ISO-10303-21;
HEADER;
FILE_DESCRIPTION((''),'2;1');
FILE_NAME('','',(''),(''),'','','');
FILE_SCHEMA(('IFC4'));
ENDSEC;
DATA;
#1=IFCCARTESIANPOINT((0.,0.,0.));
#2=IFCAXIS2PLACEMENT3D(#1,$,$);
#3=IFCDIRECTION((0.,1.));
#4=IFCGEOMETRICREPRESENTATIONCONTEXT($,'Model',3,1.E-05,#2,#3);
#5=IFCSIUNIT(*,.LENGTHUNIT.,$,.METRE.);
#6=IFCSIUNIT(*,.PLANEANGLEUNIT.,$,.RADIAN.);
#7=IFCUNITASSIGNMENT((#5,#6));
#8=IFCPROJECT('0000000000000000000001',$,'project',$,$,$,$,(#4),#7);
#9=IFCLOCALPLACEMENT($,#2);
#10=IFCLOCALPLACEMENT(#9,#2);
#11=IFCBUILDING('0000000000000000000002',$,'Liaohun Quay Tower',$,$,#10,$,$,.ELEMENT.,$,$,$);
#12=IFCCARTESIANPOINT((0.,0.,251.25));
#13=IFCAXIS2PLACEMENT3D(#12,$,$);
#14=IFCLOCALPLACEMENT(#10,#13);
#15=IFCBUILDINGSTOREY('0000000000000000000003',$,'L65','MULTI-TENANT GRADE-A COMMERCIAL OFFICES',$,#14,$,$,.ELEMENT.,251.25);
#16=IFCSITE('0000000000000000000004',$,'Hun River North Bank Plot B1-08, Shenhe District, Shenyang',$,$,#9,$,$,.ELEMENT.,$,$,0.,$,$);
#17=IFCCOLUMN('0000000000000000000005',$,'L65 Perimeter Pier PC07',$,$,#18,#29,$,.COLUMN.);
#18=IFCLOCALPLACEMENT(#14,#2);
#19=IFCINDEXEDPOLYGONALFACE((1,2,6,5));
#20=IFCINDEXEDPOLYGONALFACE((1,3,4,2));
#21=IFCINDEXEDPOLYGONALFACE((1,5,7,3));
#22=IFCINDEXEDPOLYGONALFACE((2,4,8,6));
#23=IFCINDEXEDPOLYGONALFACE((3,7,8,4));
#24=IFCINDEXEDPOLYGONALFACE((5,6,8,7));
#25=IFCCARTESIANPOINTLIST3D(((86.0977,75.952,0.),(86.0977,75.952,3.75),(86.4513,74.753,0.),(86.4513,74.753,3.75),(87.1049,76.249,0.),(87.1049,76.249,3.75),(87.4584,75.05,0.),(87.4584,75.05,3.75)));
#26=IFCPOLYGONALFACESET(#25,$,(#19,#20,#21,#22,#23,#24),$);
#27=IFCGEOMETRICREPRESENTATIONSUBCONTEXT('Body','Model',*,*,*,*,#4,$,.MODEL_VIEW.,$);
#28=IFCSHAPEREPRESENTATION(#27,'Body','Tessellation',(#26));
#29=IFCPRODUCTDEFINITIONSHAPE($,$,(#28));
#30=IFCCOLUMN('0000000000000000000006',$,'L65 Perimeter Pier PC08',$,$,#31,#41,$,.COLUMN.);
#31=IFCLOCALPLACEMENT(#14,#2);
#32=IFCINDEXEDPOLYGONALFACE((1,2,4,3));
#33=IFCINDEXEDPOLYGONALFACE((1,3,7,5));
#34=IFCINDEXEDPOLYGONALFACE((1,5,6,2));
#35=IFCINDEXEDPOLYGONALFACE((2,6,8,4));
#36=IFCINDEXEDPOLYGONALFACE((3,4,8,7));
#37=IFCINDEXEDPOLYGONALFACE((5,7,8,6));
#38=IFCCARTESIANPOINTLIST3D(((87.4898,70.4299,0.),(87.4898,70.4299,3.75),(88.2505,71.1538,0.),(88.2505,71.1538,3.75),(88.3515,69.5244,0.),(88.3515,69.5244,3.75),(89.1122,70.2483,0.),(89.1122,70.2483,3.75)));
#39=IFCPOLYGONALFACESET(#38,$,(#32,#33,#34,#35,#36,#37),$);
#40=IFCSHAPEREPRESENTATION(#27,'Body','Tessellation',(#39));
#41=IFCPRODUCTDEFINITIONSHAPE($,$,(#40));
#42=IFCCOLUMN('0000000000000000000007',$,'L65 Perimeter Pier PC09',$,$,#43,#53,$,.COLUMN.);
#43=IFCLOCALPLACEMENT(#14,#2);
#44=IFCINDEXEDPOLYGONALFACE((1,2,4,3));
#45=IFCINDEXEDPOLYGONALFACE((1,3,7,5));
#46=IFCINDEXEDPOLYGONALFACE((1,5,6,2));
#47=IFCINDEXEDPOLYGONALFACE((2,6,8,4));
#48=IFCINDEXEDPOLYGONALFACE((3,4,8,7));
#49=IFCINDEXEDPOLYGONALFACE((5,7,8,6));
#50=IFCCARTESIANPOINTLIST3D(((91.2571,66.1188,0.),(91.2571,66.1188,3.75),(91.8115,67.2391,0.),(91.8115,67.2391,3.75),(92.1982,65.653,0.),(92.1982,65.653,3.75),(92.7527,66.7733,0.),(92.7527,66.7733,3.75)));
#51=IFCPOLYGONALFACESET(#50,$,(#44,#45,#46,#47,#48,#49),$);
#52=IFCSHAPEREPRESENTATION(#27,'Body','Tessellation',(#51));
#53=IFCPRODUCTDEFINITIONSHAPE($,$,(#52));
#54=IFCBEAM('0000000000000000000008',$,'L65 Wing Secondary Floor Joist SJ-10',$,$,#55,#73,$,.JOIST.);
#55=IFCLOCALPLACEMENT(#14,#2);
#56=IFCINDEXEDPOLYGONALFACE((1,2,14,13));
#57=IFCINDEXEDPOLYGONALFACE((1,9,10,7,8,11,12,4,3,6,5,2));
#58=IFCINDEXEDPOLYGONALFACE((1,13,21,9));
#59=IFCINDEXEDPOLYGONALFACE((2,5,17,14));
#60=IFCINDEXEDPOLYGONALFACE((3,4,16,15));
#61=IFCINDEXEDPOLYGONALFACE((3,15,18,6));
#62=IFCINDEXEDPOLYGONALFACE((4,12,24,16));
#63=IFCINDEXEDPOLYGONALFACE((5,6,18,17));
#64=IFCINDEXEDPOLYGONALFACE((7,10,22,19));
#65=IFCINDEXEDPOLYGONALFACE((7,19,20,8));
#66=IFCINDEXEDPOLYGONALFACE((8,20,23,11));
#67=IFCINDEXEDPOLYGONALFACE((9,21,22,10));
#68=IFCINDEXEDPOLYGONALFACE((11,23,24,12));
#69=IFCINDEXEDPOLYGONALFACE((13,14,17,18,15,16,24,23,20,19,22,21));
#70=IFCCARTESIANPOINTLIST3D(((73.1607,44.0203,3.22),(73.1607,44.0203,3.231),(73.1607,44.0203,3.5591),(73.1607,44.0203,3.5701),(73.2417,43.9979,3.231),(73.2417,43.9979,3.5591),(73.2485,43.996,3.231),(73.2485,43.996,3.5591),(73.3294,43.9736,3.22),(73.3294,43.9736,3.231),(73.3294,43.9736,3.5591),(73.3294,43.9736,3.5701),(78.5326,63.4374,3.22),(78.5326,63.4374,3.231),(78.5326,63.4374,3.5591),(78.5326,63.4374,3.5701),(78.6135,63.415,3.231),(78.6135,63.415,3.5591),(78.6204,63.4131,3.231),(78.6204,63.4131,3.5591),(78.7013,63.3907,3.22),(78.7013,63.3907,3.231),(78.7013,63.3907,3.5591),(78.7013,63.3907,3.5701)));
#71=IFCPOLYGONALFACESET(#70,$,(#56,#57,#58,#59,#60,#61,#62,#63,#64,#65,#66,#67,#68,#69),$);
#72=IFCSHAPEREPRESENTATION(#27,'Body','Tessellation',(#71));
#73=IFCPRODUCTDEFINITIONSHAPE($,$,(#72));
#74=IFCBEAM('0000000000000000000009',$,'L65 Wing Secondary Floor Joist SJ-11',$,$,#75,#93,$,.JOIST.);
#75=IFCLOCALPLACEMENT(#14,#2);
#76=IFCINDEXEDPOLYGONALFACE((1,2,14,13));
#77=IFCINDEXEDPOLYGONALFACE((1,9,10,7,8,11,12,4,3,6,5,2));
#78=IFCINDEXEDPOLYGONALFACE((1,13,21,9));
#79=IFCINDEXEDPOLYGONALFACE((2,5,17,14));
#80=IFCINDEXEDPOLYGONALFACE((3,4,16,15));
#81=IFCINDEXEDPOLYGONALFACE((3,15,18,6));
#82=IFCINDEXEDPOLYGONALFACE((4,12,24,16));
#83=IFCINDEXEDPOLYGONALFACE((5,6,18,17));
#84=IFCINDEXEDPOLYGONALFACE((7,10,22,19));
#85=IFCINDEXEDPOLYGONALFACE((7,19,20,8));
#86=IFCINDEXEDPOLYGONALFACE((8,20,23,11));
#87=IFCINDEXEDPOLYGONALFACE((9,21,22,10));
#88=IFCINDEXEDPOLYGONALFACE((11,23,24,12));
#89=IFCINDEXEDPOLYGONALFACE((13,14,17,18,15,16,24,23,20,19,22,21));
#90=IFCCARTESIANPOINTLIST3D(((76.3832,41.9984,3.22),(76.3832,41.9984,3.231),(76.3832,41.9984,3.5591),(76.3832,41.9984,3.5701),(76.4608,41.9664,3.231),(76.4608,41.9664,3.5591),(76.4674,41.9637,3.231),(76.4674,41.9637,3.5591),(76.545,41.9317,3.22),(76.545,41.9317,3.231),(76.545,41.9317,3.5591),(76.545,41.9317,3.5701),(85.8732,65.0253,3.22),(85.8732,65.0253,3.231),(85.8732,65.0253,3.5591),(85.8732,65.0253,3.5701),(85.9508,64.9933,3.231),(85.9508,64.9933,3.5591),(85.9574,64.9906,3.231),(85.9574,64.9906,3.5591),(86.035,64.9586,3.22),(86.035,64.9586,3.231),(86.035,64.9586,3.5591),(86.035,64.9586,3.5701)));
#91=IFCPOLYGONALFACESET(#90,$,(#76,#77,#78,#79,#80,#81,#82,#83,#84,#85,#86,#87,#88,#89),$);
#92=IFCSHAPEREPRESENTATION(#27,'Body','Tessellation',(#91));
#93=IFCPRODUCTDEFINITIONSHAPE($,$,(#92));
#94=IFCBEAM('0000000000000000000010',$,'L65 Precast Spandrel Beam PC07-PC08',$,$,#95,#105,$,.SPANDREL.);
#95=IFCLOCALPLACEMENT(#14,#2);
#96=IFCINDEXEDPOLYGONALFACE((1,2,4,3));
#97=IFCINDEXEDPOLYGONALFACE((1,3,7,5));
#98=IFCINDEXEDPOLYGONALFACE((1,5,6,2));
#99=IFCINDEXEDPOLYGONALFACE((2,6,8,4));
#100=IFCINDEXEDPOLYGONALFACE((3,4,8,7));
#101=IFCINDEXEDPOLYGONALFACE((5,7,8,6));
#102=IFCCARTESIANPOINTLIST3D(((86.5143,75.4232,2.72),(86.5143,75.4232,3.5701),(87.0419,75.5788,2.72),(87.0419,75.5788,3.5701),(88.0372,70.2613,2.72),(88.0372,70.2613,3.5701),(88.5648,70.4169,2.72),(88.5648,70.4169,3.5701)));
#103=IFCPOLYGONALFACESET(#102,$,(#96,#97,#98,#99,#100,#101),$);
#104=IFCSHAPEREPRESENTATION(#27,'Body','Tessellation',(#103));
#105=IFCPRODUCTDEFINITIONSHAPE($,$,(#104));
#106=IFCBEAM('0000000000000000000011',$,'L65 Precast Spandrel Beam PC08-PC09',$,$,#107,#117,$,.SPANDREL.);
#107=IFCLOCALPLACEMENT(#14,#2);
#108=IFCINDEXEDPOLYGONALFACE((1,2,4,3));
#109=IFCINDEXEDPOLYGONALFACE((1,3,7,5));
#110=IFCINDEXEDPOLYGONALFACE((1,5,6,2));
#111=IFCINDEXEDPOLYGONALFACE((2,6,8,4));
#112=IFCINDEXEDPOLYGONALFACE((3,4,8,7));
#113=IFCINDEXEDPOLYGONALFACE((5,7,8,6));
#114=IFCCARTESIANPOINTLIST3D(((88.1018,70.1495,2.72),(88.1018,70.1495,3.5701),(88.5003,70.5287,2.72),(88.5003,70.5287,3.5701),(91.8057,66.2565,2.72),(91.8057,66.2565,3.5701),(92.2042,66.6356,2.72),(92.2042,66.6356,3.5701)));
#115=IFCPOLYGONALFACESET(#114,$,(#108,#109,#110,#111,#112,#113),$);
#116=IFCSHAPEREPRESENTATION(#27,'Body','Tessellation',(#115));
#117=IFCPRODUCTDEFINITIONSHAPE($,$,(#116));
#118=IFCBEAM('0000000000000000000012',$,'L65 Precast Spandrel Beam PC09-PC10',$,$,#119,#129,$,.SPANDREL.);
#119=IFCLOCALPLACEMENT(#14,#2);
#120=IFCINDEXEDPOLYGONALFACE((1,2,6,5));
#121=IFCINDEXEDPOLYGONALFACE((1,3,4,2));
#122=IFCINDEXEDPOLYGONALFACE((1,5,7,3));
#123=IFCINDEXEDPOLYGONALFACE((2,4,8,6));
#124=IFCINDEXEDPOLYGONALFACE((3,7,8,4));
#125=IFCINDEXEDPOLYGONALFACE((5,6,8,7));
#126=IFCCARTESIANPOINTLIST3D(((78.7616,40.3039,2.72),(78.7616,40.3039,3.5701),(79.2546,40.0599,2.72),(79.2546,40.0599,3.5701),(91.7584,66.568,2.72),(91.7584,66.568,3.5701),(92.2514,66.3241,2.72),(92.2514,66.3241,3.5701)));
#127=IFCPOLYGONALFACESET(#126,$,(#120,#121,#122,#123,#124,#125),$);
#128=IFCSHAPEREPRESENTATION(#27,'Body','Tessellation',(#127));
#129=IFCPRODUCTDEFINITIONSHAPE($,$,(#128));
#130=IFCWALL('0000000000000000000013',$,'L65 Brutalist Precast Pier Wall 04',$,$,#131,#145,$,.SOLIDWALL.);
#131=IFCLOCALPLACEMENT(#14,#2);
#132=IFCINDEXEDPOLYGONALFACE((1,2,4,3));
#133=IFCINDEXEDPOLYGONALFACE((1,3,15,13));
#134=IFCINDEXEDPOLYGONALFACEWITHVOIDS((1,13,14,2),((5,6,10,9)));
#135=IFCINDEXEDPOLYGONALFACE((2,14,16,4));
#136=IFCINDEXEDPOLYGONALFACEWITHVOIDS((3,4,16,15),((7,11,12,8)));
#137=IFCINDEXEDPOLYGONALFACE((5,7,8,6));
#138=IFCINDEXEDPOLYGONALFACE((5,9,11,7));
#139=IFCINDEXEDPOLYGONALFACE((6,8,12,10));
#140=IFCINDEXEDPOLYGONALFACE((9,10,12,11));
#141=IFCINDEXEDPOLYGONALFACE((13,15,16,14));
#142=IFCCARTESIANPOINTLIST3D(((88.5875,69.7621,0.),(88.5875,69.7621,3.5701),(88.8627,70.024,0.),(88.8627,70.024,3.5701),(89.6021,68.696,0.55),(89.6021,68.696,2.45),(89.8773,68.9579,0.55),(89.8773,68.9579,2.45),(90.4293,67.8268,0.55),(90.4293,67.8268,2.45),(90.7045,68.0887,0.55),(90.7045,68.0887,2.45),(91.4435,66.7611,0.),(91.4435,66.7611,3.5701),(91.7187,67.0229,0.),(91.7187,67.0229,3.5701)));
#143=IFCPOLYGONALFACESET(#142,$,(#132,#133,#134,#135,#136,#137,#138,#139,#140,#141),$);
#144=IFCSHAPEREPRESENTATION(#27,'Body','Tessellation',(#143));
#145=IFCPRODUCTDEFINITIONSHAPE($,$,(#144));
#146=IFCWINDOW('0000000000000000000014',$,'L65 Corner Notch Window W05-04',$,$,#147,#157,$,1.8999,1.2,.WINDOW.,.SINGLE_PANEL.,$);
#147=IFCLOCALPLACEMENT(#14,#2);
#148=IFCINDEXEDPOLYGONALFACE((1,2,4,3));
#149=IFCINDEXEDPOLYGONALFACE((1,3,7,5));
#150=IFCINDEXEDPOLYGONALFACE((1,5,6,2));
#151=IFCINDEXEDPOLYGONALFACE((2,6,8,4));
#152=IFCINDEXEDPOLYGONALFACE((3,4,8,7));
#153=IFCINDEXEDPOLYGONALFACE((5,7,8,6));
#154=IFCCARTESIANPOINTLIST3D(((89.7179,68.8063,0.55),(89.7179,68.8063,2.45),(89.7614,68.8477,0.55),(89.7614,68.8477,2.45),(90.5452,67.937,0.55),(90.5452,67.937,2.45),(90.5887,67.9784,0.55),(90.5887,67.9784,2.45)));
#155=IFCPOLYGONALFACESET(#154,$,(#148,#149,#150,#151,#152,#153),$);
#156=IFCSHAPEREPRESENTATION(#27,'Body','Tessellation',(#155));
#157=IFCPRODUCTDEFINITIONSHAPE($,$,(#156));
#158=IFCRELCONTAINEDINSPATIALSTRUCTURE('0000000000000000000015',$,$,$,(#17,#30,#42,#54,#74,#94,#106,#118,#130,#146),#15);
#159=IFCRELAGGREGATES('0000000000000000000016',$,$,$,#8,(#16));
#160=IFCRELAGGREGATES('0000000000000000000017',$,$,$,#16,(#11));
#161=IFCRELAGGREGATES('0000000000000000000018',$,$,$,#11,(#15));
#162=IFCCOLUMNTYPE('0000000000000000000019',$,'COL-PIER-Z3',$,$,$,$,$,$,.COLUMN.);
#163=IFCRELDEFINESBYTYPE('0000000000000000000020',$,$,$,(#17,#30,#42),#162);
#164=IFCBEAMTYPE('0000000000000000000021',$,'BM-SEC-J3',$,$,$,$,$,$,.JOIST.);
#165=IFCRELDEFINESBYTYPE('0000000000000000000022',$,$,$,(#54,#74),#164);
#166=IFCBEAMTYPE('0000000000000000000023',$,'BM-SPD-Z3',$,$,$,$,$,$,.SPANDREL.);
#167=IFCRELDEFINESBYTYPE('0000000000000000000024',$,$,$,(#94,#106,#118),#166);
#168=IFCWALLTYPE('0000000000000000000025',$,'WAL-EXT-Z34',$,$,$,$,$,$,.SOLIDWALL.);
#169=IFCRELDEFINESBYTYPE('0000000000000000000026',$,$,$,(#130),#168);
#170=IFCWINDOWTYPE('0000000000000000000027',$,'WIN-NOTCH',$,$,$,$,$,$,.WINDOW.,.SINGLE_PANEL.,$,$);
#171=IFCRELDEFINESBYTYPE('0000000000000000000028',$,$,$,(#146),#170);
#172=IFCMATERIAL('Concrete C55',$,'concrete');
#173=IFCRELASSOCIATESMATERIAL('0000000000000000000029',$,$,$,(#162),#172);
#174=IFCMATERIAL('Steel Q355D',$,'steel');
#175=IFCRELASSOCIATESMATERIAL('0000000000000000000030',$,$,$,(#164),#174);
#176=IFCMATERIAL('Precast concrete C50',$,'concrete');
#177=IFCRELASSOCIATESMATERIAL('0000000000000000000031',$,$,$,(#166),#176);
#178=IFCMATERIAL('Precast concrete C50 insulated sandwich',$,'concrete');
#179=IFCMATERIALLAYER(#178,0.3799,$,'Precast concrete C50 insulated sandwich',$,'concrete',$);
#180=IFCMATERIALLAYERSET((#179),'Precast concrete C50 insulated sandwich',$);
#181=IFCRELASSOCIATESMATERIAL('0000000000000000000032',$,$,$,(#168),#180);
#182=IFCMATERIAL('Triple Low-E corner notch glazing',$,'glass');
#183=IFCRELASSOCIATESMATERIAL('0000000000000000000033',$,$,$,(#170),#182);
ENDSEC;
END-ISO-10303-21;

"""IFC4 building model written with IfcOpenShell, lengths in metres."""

from ifc_helpers import new_model, si_unit, direction, frame, frame_2d, origin, origin_2d, place, context, subcontext, project, spatial, rectangle, i_section, extrude, source, transform, mapped, material, layer, layer_set, material_profile, profile_set, type_object, element, fill, save


model = new_model("IFC4")

# Units and contexts
model_context = context("Model", 3, precision=1e-05, world=origin(), true_north=direction((0.0, 1.0)))
body_context = subcontext(model_context, "Body", "Model", "MODEL_VIEW")
ifc_project = project(units=[si_unit("LENGTHUNIT", "METRE"), si_unit("PLANEANGLEUNIT", "RADIAN")], contexts=[model_context])

# Site, building, storey
site_placement = place(None, origin())
site = spatial("IfcSite", under=ifc_project, at=site_placement, Name="Hun River North Bank Plot B1-08, Shenhe District, Shenyang", CompositionType="ELEMENT", RefElevation=0.0)
building_placement = place(site_placement, origin())
building = spatial("IfcBuilding", under=site, at=building_placement, Name="Liaohun Quay Tower", CompositionType="ELEMENT")
storey_placement = place(building_placement, frame((0.0, 0.0, 251.25)))
storey = spatial("IfcBuildingStorey", under=building, at=storey_placement, Name="L65", Description="MULTI-TENANT GRADE-A COMMERCIAL OFFICES", CompositionType="ELEMENT", Elevation=251.25)

# Columns
ifc_material_1 = material(Name="Concrete C55", Category="concrete")
ifc_material_profile_1 = material_profile(ifc_material_1, rectangle(XDim=1.25, YDim=1.05, at=origin_2d()), Name="RC1250x1050")
ifc_profile_set_1 = profile_set([ifc_material_profile_1], Name="Concrete C55")
column_type = type_object("IfcColumnType", Name="COL-PIER-Z3", PredefinedType="COLUMN", material=ifc_profile_set_1)
shared_shape_1 = source(origin(), body_context, "Body", "SweptSolid", [
    extrude(rectangle(XDim=1.25, YDim=1.05, at=origin_2d()), origin(), (0.0, 0.0, 1.0), 3.75),
])
for number, where, z_axis, x_axis, name in (
    (1, (86.7781, 75.501, 0.0), (0.0, 0.0, 1.0), (-0.282844, 0.959166, 0.0), "L65 Perimeter Pier PC07"),
    (2, (88.301, 70.3391, 0.0), (0.0, 0.0, 1.0), (-0.689367, 0.724413, 0.0), "L65 Perimeter Pier PC08"),
    (3, (92.0049, 66.446, 0.0), (0.0, 0.0, 1.0), (0.443541, 0.896254, 0.0), "L65 Perimeter Pier PC09"),
):
    element("IfcColumn", number, at=place(storey_placement, frame(where, z_axis=z_axis, x_axis=x_axis)), inside=storey, type_object=column_type, Name=name, PredefinedType="COLUMN", context=body_context, shape_type="MappedRepresentation", body=[
        mapped(shared_shape_1, transform((0.0, 0.0, 0.0), x_axis=(1.0, 0.0, 0.0), y_axis=(0.0, 1.0, 0.0), z_axis=(0.0, 0.0, 1.0), scale=1.0)),
    ])

# Beams
ifc_material_2 = material(Name="Steel Q355D", Category="steel")
ifc_material_profile_2 = material_profile(ifc_material_2, i_section(OverallWidth=0.175, OverallDepth=0.3501, WebThickness=0.0071, FlangeThickness=0.011, at=origin_2d()), Name="HN350x175x7x11")
ifc_profile_set_2 = profile_set([ifc_material_profile_2], Name="Steel Q355D")
beam_type_1 = type_object("IfcBeamType", Name="BM-SEC-J3", PredefinedType="JOIST", material=ifc_profile_set_2)
shared_shape_2 = source(origin(), body_context, "Body", "SweptSolid", [
    extrude(i_section(OverallWidth=0.175, OverallDepth=0.3501, WebThickness=0.0071, FlangeThickness=0.011, at=origin_2d()), origin(), (0.0, 0.0, 1.0), 20.1465),
])
beam_1_placement = place(storey_placement, frame((78.6169, 63.4141, 3.395), z_axis=(-0.26664, -0.963796, 0.0), x_axis=(0.963796, -0.26664, 0.0)))
element("IfcBeam", 4, at=beam_1_placement, inside=storey, type_object=beam_type_1, Name="L65 Wing Secondary Floor Joist SJ-10", PredefinedType="JOIST", context=body_context, shape_type="MappedRepresentation", body=[
    mapped(shared_shape_2, transform((0.0, 0.0, 0.0), x_axis=(1.0, 0.0, 0.0), y_axis=(0.0, 1.0, 0.0), z_axis=(0.0, 0.0, 1.0), scale=1.0)),
])
shared_shape_3 = source(origin(), body_context, "Body", "SweptSolid", [
    extrude(i_section(OverallWidth=0.175, OverallDepth=0.3501, WebThickness=0.0071, FlangeThickness=0.011, at=origin_2d()), origin(), (0.0, 0.0, 1.0), 24.9058),
])
beam_2_placement = place(storey_placement, frame((85.9541, 64.9919, 3.395), z_axis=(-0.381036, -0.92456, 0.0), x_axis=(0.92456, -0.381036, 0.0)))
element("IfcBeam", 5, at=beam_2_placement, inside=storey, type_object=beam_type_1, Name="L65 Wing Secondary Floor Joist SJ-11", PredefinedType="JOIST", context=body_context, shape_type="MappedRepresentation", body=[
    mapped(shared_shape_3, transform((0.0, 0.0, 0.0), x_axis=(1.0, 0.0, 0.0), y_axis=(0.0, 1.0, 0.0), z_axis=(0.0, 0.0, 1.0), scale=1.0)),
])
ifc_material_3 = material(Name="Precast concrete C50", Category="concrete")
ifc_material_profile_3 = material_profile(ifc_material_3, rectangle(XDim=0.55, YDim=0.8501, at=origin_2d()), Name="RC550x850")
ifc_profile_set_3 = profile_set([ifc_material_profile_3], Name="Precast concrete C50")
beam_type_2 = type_object("IfcBeamType", Name="BM-SPD-Z3", PredefinedType="SPANDREL", material=ifc_profile_set_3)
shared_shape_4 = source(origin(), body_context, "Body", "SweptSolid", [
    extrude(rectangle(XDim=0.55, YDim=0.8501, at=origin_2d()), origin(), (0.0, 0.0, 1.0), 5.3818),
])
beam_3_placement = place(storey_placement, frame((86.7781, 75.501, 3.145), z_axis=(0.282979, -0.959126, 0.0), x_axis=(0.959126, 0.282979, 0.0)))
element("IfcBeam", 6, at=beam_3_placement, inside=storey, type_object=beam_type_2, Name="L65 Precast Spandrel Beam PC07-PC08", PredefinedType="SPANDREL", context=body_context, shape_type="MappedRepresentation", body=[
    mapped(shared_shape_4, transform((0.0, 0.0, 0.0), x_axis=(1.0, 0.0, 0.0), y_axis=(0.0, 1.0, 0.0), z_axis=(0.0, 0.0, 1.0), scale=1.0)),
])
shared_shape_5 = source(origin(), body_context, "Body", "SweptSolid", [
    extrude(rectangle(XDim=0.55, YDim=0.8501, at=origin_2d()), origin(), (0.0, 0.0, 1.0), 5.3735),
])
beam_4_placement = place(storey_placement, frame((88.301, 70.3391, 3.145), z_axis=(0.689282, -0.724493, 0.0), x_axis=(0.724493, 0.689282, 0.0)))
element("IfcBeam", 7, at=beam_4_placement, inside=storey, type_object=beam_type_2, Name="L65 Precast Spandrel Beam PC08-PC09", PredefinedType="SPANDREL", context=body_context, shape_type="MappedRepresentation", body=[
    mapped(shared_shape_5, transform((0.0, 0.0, 0.0), x_axis=(1.0, 0.0, 0.0), y_axis=(0.0, 1.0, 0.0), z_axis=(0.0, 0.0, 1.0), scale=1.0)),
])
shared_shape_6 = source(origin(), body_context, "Body", "SweptSolid", [
    extrude(rectangle(XDim=0.55, YDim=0.8501, at=origin_2d()), origin(), (0.0, 0.0, 1.0), 29.304),
])
beam_5_placement = place(storey_placement, frame((92.0049, 66.446, 3.145), z_axis=(-0.443517, -0.896266, 0.0), x_axis=(0.896266, -0.443517, 0.0)))
element("IfcBeam", 8, at=beam_5_placement, inside=storey, type_object=beam_type_2, Name="L65 Precast Spandrel Beam PC09-PC10", PredefinedType="SPANDREL", context=body_context, shape_type="MappedRepresentation", body=[
    mapped(shared_shape_6, transform((0.0, 0.0, 0.0), x_axis=(1.0, 0.0, 0.0), y_axis=(0.0, 1.0, 0.0), z_axis=(0.0, 0.0, 1.0), scale=1.0)),
])

# Wall, opening, window
ifc_material_4 = material(Name="Precast concrete C50 insulated sandwich", Category="concrete")
ifc_layer_1 = layer(ifc_material_4, 0.3799, Name="Precast concrete C50 insulated sandwich", Category="concrete")
ifc_layer_set_1 = layer_set([ifc_layer_1], Name="Precast concrete C50 insulated sandwich")
wall_type_1 = type_object("IfcWallType", Name="WAL-EXT-Z34", PredefinedType="SOLIDWALL", material=ifc_layer_set_1)
wall_1_placement = place(storey_placement, frame((91.5811, 66.8921, 0.0), z_axis=(0.0, 0.0, 1.0), x_axis=(-0.689387, 0.724393, 0.0)))
wall_1 = element("IfcWall", 9, at=wall_1_placement, inside=storey, type_object=wall_type_1, Name="L65 Brutalist Precast Pier Wall 04", PredefinedType="SOLIDWALL", context=body_context, shape_type="SweptSolid", body=[
    extrude(rectangle(XDim=4.1428, YDim=0.3799, at=frame_2d((2.0713, 0.0))), origin(), (0.0, 0.0, 1.0), 3.5701),
])
shared_shape_7 = source(origin(), body_context, "Body", "SweptSolid", [
    extrude(rectangle(XDim=1.2, YDim=1.8999, at=frame_2d((0.6001, 0.95))), frame((0.0, 0.2, 0.0), z_axis=(0.0, -1.0, 0.0), x_axis=(1.0, 0.0, 0.0)), (0.0, 0.0, 1.0), 0.3999),
])
opening_1_placement = place(wall_1_placement, frame((1.4709, 0.0, 0.55)))
opening_1 = element("IfcOpeningElement", 10, at=opening_1_placement, cuts=wall_1, PredefinedType="OPENING", context=body_context, shape_type="MappedRepresentation", body=[
    mapped(shared_shape_7, transform((0.0, 0.0, 0.0), x_axis=(1.0, 0.0, 0.0), y_axis=(0.0, 1.0, 0.0), z_axis=(0.0, 0.0, 1.0), scale=1.0)),
])
ifc_material_5 = material(Name="Triple Low-E corner notch glazing", Category="glass")
window_type_1 = type_object("IfcWindowType", Name="WIN-NOTCH", PartitioningType="SINGLE_PANEL", PredefinedType="WINDOW", material=ifc_material_5)
shared_shape_8 = source(origin(), body_context, "Body", "SweptSolid", [
    extrude(rectangle(XDim=1.2, YDim=1.8999, at=frame_2d((0.6001, 0.95))), frame((0.0, 0.03, 0.0), z_axis=(0.0, -1.0, 0.0), x_axis=(1.0, 0.0, 0.0)), (0.0, 0.0, 1.0), 0.0601),
])
window_1_placement = place(opening_1_placement, origin())
window_1 = element("IfcWindow", 11, at=window_1_placement, inside=storey, type_object=window_type_1, Name="L65 Corner Notch Window W05-04", OverallHeight=1.8999, OverallWidth=1.2, PartitioningType="SINGLE_PANEL", PredefinedType="WINDOW", context=body_context, shape_type="MappedRepresentation", body=[
    mapped(shared_shape_8, transform((0.0, 0.0, 0.0), x_axis=(1.0, 0.0, 0.0), y_axis=(0.0, 1.0, 0.0), z_axis=(0.0, 0.0, 1.0), scale=1.0)),
])
fill(opening_1, window_1)

save(model, "model.ifc")
